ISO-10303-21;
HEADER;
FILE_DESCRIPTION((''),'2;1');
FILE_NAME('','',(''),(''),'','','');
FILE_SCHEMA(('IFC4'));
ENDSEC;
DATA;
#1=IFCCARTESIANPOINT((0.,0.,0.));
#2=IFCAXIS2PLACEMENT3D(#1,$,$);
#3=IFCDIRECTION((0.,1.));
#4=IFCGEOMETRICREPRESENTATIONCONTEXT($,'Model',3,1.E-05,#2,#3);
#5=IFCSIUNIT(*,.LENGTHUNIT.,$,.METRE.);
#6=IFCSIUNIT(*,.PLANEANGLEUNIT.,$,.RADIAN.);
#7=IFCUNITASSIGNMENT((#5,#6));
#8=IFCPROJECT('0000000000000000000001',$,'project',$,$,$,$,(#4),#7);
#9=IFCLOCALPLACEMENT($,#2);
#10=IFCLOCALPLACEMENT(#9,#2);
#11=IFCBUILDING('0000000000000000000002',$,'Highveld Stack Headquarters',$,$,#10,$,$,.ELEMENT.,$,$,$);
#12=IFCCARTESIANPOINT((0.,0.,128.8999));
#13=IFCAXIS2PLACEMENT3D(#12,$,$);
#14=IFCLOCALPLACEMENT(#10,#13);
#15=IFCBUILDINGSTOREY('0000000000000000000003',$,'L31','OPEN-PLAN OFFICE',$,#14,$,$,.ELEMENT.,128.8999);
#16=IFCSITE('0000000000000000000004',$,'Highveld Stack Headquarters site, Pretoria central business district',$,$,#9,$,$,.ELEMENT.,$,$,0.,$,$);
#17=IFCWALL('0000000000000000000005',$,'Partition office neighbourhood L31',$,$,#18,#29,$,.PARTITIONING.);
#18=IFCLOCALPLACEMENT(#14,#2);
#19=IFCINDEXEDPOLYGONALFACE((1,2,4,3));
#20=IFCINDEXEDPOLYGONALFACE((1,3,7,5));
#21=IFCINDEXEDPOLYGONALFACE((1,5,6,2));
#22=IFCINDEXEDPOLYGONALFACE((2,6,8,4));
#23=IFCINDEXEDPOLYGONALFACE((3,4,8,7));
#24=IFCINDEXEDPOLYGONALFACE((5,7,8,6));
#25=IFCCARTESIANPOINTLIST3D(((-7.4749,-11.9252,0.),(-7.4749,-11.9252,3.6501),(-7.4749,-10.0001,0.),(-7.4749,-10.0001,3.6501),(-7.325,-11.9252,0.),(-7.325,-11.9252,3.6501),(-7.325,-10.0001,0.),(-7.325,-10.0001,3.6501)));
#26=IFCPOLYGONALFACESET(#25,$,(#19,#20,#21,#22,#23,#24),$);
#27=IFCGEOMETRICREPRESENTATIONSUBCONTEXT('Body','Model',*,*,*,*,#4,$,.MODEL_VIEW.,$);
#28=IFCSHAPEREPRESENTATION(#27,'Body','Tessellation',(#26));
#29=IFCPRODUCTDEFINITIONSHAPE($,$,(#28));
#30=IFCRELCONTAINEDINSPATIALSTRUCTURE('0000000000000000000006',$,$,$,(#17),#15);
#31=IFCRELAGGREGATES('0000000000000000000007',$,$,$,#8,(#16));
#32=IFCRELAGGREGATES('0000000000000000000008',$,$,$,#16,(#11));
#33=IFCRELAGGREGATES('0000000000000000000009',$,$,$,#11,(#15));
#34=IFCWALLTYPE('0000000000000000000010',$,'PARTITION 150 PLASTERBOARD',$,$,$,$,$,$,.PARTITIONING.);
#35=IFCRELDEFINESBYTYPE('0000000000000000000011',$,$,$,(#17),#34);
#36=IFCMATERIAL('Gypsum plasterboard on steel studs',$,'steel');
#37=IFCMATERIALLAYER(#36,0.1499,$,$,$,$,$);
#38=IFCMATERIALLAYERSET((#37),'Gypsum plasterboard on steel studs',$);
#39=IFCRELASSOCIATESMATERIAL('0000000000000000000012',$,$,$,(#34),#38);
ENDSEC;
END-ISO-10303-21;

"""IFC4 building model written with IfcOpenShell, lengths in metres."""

from ifc_helpers import new_model, si_unit, direction, frame, frame_2d, origin, place, context, subcontext, project, spatial, rectangle, extrude, material, layer, layer_set, type_object, element, save


model = new_model("IFC4")

# Units and contexts
model_context = context("Model", 3, precision=1e-05, world=origin(), true_north=direction((0.0, 1.0)))
body_context = subcontext(model_context, "Body", "Model", "MODEL_VIEW")
ifc_project = project(units=[si_unit("LENGTHUNIT", "METRE"), si_unit("PLANEANGLEUNIT", "RADIAN")], contexts=[model_context])

# Site, building, storey
site_placement = place(None, origin())
site = spatial("IfcSite", under=ifc_project, at=site_placement, Name="Highveld Stack Headquarters site, Pretoria central business district", CompositionType="ELEMENT", RefElevation=0.0)
building_placement = place(site_placement, origin())
building = spatial("IfcBuilding", under=site, at=building_placement, Name="Highveld Stack Headquarters", CompositionType="ELEMENT")
storey_placement = place(building_placement, frame((0.0, 0.0, 128.8999)))
storey = spatial("IfcBuildingStorey", under=building, at=storey_placement, Name="L31", Description="OPEN-PLAN OFFICE", CompositionType="ELEMENT", Elevation=128.8999)

# Shared definitions
ifc_material_1 = material(Name="Gypsum plasterboard on steel studs", Category="steel")
ifc_layer_1 = layer(ifc_material_1, 0.1499)
ifc_layer_set_1 = layer_set([ifc_layer_1], Name="Gypsum plasterboard on steel studs")
wall_type_1 = type_object("IfcWallType", Name="PARTITION 150 PLASTERBOARD", PredefinedType="PARTITIONING", material=ifc_layer_set_1)

# Wall
wall_1_placement = place(storey_placement, frame((-7.3999, -11.925, 0.0), z_axis=(0.0, 0.0, 1.0), x_axis=(0.0, 1.0, 0.0)))
element("IfcWall", 1, at=wall_1_placement, inside=storey, type_object=wall_type_1, Name="Partition office neighbourhood L31", PredefinedType="PARTITIONING", context=body_context, shape_type="SweptSolid", body=[
    extrude(rectangle(XDim=1.925, YDim=0.1499, at=frame_2d((0.9624, 0.0))), origin(), (0.0, 0.0, 1.0), 3.6501),
])

save(model, "model.ifc")
